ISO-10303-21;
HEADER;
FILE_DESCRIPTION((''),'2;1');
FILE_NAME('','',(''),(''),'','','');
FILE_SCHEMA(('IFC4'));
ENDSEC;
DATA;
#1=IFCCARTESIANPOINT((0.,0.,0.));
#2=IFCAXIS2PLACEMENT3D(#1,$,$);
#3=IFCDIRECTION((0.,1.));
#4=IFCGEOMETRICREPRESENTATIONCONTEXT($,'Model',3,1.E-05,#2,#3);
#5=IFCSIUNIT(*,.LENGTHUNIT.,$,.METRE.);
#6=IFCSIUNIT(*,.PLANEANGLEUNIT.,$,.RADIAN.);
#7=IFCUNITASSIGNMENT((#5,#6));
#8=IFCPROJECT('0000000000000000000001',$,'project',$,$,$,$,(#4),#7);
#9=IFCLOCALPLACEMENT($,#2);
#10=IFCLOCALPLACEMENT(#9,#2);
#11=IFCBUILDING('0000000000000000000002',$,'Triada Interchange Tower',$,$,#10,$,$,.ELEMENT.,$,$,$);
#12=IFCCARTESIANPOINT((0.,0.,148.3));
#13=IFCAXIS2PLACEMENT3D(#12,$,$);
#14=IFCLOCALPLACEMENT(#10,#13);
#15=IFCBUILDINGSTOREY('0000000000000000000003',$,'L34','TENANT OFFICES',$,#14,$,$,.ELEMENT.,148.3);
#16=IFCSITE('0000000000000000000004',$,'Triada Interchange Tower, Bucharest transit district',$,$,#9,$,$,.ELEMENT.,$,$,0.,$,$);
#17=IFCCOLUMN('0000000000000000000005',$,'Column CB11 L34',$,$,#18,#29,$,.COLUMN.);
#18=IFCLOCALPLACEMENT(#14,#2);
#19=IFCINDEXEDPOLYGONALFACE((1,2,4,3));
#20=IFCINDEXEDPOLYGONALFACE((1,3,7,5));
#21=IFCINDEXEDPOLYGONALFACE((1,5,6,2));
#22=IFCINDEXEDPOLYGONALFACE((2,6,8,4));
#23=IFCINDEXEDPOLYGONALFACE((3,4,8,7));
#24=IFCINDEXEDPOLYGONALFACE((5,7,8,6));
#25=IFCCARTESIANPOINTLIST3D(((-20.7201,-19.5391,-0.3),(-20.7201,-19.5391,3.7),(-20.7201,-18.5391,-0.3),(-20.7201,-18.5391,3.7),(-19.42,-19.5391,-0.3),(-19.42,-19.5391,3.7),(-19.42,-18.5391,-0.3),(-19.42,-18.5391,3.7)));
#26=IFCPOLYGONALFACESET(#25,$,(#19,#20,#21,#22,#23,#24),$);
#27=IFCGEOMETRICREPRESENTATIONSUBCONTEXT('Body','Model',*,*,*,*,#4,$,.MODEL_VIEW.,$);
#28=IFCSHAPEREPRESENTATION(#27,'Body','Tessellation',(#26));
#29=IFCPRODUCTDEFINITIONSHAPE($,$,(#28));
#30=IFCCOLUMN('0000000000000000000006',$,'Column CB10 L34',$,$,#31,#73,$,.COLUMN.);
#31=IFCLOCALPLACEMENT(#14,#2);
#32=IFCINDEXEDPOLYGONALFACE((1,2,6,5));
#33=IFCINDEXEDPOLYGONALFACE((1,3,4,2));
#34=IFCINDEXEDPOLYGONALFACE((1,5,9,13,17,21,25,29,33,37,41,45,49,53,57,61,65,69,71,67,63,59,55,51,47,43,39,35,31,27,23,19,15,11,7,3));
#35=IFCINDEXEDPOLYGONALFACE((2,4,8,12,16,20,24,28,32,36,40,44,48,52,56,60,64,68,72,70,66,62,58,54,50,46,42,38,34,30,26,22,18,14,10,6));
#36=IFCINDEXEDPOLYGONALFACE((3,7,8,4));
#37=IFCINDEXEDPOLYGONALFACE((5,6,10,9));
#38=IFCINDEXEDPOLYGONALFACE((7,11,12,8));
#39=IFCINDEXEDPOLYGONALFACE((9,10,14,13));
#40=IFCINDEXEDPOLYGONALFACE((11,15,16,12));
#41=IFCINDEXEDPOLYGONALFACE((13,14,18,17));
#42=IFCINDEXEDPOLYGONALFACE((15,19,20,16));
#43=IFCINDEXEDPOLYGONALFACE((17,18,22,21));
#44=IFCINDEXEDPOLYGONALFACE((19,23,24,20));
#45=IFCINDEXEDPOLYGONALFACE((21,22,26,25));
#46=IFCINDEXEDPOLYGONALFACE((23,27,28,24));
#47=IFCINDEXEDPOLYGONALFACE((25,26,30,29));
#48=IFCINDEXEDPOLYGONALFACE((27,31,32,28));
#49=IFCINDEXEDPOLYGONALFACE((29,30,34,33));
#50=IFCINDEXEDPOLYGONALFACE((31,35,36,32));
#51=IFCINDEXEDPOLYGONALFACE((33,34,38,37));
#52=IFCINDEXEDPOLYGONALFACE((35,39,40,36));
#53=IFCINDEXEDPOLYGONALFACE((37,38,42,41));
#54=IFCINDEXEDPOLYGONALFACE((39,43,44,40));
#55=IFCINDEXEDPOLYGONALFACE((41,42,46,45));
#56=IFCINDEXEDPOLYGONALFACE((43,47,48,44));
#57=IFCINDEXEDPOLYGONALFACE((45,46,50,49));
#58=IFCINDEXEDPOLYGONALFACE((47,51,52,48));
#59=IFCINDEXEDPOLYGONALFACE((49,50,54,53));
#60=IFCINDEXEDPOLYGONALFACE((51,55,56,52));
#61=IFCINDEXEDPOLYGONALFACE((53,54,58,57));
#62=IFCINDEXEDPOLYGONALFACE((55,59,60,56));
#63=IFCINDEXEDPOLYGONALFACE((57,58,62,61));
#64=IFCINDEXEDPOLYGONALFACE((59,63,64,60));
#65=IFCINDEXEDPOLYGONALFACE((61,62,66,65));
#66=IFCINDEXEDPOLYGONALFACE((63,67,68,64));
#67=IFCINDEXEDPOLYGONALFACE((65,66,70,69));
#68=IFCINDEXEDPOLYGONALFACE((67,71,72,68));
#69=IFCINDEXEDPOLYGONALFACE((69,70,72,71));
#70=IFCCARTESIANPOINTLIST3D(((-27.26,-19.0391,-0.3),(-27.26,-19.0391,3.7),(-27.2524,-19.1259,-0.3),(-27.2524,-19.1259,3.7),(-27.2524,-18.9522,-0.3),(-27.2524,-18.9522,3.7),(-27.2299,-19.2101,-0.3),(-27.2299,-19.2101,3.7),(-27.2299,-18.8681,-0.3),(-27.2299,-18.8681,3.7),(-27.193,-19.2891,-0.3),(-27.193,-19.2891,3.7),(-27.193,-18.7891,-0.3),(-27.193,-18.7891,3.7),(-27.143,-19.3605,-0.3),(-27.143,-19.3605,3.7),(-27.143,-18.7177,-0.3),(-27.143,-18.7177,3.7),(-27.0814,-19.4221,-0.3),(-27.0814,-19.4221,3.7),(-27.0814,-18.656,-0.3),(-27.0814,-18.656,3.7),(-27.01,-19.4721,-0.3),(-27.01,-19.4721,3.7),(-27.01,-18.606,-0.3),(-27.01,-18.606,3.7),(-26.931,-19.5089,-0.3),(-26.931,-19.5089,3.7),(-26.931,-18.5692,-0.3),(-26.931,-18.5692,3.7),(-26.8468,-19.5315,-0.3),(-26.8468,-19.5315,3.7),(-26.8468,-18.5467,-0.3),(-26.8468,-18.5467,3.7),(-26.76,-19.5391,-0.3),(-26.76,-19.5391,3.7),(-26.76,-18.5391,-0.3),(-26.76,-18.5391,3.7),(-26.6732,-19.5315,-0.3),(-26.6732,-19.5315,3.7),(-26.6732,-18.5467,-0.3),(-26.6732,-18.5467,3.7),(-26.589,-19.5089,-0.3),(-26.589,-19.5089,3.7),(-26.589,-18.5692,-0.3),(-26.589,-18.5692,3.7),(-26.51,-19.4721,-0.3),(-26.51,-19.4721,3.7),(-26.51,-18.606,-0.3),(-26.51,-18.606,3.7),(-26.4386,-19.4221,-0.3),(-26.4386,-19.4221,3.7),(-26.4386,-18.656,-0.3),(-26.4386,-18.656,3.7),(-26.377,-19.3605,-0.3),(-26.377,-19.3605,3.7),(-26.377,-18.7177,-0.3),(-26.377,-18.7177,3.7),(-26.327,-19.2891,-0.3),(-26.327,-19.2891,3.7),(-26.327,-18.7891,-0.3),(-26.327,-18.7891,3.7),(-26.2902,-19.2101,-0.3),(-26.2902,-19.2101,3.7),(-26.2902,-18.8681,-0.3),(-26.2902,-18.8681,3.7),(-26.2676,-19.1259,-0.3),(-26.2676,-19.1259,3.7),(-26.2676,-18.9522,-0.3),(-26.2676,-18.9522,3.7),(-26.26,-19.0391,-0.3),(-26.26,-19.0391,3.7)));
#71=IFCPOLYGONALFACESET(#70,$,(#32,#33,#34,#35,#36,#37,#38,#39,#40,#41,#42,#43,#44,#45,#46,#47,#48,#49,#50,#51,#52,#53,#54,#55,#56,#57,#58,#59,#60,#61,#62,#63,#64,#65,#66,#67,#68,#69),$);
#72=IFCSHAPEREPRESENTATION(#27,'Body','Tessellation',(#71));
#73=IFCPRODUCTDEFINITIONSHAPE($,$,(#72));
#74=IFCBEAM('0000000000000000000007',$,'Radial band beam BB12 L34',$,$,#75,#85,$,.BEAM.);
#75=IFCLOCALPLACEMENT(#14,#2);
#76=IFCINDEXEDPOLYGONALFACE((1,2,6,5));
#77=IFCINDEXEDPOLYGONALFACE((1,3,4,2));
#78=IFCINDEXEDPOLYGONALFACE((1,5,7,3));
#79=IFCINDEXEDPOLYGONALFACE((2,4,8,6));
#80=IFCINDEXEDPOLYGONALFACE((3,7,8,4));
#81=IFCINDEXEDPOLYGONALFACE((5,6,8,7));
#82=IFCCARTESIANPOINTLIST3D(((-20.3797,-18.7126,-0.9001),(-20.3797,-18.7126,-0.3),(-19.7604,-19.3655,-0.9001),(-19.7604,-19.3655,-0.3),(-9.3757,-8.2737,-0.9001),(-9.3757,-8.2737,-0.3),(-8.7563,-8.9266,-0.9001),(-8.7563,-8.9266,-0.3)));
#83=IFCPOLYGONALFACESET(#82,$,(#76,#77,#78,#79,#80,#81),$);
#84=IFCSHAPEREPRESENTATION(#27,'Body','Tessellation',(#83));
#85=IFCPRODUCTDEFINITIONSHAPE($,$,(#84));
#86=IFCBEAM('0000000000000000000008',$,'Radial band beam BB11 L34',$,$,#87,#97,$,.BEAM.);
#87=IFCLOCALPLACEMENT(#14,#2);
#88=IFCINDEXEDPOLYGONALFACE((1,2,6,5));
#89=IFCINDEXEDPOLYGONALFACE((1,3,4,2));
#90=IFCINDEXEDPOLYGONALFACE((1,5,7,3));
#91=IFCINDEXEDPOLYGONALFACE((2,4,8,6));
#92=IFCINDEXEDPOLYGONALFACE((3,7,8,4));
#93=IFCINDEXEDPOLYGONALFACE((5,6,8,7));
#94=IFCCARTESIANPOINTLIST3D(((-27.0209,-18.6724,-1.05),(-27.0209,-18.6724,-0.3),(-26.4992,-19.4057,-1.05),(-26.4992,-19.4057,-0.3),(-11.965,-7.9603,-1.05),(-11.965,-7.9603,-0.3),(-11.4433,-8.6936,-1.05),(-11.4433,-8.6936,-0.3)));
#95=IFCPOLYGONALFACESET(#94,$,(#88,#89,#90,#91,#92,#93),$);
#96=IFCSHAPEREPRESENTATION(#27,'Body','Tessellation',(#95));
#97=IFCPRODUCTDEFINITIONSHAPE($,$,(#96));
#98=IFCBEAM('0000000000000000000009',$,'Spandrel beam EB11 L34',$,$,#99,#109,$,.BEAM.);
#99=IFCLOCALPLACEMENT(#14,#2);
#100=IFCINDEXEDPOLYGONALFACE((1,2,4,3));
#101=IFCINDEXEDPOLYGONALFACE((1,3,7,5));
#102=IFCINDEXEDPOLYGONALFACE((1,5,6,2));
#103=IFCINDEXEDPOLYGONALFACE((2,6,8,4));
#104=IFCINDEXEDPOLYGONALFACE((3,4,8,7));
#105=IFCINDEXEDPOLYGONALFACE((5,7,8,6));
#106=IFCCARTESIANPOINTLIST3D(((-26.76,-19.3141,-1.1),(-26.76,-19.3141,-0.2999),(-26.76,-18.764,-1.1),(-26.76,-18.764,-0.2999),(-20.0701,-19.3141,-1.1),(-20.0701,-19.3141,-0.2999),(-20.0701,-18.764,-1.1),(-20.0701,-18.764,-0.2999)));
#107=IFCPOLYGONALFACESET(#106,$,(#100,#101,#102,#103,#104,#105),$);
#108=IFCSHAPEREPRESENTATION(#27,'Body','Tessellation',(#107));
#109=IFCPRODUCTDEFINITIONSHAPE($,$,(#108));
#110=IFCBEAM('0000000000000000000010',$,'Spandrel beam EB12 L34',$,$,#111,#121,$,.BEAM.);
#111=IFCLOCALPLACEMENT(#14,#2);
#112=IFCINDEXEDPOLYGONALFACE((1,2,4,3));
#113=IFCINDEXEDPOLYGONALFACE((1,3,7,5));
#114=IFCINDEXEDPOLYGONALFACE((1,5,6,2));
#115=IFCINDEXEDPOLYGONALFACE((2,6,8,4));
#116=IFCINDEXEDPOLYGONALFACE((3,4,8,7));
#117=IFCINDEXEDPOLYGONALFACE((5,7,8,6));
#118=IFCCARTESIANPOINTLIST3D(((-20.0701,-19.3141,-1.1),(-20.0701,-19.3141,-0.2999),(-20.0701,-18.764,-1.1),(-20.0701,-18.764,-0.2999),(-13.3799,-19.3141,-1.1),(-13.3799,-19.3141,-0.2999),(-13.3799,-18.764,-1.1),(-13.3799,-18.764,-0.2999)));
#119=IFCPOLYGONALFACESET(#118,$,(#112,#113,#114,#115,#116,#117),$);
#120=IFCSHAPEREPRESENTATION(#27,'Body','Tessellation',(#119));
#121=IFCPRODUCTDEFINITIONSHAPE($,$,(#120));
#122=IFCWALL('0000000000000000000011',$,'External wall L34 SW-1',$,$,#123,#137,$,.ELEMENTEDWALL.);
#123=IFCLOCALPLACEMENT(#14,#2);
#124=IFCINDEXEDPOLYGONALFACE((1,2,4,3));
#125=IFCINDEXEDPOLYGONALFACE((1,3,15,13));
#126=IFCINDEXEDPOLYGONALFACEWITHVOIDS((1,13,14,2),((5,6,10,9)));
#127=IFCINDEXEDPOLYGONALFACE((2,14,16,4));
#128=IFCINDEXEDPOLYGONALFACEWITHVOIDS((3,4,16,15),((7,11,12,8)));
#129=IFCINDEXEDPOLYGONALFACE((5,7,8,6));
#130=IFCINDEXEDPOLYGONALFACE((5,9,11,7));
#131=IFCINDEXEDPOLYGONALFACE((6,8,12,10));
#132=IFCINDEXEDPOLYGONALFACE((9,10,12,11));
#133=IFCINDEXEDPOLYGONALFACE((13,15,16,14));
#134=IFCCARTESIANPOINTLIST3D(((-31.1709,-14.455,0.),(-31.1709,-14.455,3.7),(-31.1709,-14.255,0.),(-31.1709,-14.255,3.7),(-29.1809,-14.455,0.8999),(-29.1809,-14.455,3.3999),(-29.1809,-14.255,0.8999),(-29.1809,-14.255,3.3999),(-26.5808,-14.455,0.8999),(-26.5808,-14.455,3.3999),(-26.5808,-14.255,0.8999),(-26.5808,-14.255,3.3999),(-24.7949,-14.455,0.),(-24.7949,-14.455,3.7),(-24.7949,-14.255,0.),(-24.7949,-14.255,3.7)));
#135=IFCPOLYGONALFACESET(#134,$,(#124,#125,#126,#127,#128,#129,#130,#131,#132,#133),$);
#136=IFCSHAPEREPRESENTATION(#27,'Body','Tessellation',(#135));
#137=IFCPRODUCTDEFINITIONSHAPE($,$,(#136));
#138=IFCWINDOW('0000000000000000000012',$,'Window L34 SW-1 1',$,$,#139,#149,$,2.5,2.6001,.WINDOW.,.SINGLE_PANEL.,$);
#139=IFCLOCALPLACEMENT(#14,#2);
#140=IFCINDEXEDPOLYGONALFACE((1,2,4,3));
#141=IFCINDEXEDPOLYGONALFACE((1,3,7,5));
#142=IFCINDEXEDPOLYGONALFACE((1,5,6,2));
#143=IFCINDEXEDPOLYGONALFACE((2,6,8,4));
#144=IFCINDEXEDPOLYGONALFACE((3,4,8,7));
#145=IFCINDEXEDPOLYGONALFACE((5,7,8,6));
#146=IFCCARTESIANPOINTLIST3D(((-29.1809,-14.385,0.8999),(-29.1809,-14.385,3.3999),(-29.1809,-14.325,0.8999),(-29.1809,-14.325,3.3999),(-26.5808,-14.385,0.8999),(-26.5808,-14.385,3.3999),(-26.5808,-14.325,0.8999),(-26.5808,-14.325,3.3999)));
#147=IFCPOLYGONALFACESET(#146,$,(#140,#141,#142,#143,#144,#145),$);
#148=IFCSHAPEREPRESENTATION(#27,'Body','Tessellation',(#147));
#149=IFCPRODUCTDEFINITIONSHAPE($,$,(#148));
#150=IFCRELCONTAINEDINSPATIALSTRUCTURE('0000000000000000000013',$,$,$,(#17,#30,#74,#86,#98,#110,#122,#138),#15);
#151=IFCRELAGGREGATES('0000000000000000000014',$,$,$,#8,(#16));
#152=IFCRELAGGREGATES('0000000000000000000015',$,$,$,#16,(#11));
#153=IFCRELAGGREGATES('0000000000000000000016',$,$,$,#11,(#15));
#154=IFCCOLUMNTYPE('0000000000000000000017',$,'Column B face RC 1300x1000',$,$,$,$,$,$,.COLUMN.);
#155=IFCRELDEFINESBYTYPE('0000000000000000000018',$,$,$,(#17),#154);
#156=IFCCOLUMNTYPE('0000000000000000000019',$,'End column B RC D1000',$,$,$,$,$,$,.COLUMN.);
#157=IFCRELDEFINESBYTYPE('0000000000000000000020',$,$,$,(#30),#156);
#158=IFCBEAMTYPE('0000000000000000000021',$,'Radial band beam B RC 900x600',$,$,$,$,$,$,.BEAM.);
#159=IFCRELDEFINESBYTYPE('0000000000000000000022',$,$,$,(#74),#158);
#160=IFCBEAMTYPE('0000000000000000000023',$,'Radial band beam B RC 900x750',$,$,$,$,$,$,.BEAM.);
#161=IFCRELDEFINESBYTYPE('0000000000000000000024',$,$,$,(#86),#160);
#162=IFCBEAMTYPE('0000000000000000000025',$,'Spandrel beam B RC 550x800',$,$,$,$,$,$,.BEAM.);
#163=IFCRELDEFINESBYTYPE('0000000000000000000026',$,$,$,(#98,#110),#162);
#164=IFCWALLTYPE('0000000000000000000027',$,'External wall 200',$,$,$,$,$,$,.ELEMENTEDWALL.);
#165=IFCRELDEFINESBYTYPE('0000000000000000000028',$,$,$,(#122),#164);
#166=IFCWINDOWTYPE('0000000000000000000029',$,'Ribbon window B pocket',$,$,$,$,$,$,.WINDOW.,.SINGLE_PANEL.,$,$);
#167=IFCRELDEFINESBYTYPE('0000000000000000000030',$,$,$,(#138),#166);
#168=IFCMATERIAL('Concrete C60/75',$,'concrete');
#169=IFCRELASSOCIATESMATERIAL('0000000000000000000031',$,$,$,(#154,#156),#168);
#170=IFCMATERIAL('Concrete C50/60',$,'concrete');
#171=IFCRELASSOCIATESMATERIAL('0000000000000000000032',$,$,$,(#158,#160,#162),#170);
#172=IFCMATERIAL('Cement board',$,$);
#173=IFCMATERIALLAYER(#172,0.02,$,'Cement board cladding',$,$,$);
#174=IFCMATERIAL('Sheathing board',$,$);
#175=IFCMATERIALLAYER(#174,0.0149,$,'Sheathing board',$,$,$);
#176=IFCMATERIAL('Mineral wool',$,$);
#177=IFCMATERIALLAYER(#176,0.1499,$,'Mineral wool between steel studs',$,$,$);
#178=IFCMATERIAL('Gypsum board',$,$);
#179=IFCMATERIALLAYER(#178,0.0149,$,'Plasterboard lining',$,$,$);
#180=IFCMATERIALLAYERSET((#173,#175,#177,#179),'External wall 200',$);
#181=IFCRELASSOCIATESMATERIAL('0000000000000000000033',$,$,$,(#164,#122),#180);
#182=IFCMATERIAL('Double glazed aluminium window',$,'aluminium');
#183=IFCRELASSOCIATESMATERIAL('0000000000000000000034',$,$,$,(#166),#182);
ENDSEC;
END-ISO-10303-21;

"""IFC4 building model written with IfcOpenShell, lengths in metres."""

from ifc_helpers import new_model, si_unit, direction, frame, frame_2d, origin, origin_2d, place, context, subcontext, project, spatial, rectangle, circle, extrude, material, layer, layer_set, layer_usage, material_profile, profile_set, type_object, element, fill, save


model = new_model("IFC4")

# Units and contexts
model_context = context("Model", 3, precision=1e-05, world=origin(), true_north=direction((0.0, 1.0)))
body_context = subcontext(model_context, "Body", "Model", "MODEL_VIEW")
ifc_project = project(units=[si_unit("LENGTHUNIT", "METRE"), si_unit("PLANEANGLEUNIT", "RADIAN")], contexts=[model_context])

# Site, building, storey
site_placement = place(None, origin())
site = spatial("IfcSite", under=ifc_project, at=site_placement, Name="Triada Interchange Tower, Bucharest transit district", CompositionType="ELEMENT", RefElevation=0.0)
building_placement = place(site_placement, origin())
building = spatial("IfcBuilding", under=site, at=building_placement, Name="Triada Interchange Tower", CompositionType="ELEMENT")
storey_placement = place(building_placement, frame((0.0, 0.0, 148.3)))
storey = spatial("IfcBuildingStorey", under=building, at=storey_placement, Name="L34", Description="TENANT OFFICES", CompositionType="ELEMENT", Elevation=148.3)

# Columns
ifc_material_1 = material(Name="Concrete C60/75", Category="concrete")
ifc_material_profile_1 = material_profile(ifc_material_1, rectangle(XDim=1.3, YDim=1.0, at=origin_2d()), Name="RC 1300x1000")
ifc_profile_set_1 = profile_set([ifc_material_profile_1], Name="Concrete C60/75")
column_type_1 = type_object("IfcColumnType", Name="Column B face RC 1300x1000", PredefinedType="COLUMN", material=ifc_profile_set_1)
column_1_placement = place(storey_placement, frame((-20.0701, -19.0391, -0.3), z_axis=(0.0, 0.0, 1.0), x_axis=(1.0, 0.0, 0.0)))
element("IfcColumn", 1, at=column_1_placement, inside=storey, type_object=column_type_1, Name="Column CB11 L34", PredefinedType="COLUMN", context=body_context, shape_type="SweptSolid", body=[
    extrude(rectangle(XDim=1.3, YDim=1.0, at=origin_2d()), origin(), (0.0, 0.0, 1.0), 4.0),
])
ifc_material_profile_2 = material_profile(ifc_material_1, circle(Radius=0.5, at=origin_2d()), Name="RC D1000")
ifc_profile_set_2 = profile_set([ifc_material_profile_2], Name="Concrete C60/75")
column_type_2 = type_object("IfcColumnType", Name="End column B RC D1000", PredefinedType="COLUMN", material=ifc_profile_set_2)
column_2_placement = place(storey_placement, frame((-26.76, -19.0391, -0.3), z_axis=(0.0, 0.0, 1.0), x_axis=(1.0, 0.0, 0.0)))
element("IfcColumn", 2, at=column_2_placement, inside=storey, type_object=column_type_2, Name="Column CB10 L34", PredefinedType="COLUMN", context=body_context, shape_type="SweptSolid", body=[
    extrude(circle(Radius=0.5, at=origin_2d()), origin(), (0.0, 0.0, 1.0), 4.0),
])

# Beams
ifc_material_2 = material(Name="Concrete C50/60", Category="concrete")
ifc_material_profile_3 = material_profile(ifc_material_2, rectangle(XDim=0.8999, YDim=0.6001, at=origin_2d()), Name="RC 900x600")
ifc_profile_set_3 = profile_set([ifc_material_profile_3], Name="Concrete C50/60")
beam_type_1 = type_object("IfcBeamType", Name="Radial band beam B RC 900x600", PredefinedType="BEAM", material=ifc_profile_set_3)
beam_1_placement = place(storey_placement, frame((-20.0701, -19.0391, -0.6001), z_axis=(0.725492, 0.68823, 0.0), x_axis=(-0.68823, 0.725492, 0.0)))
element("IfcBeam", 3, at=beam_1_placement, inside=storey, type_object=beam_type_1, Name="Radial band beam BB12 L34", PredefinedType="BEAM", context=body_context, shape_type="SweptSolid", body=[
    extrude(rectangle(XDim=0.8999, YDim=0.6001, at=origin_2d()), origin(), (0.0, 0.0, 1.0), 15.1677),
])
ifc_material_profile_4 = material_profile(ifc_material_2, rectangle(XDim=0.8999, YDim=0.75, at=origin_2d()), Name="RC 900x750")
ifc_profile_set_4 = profile_set([ifc_material_profile_4], Name="Concrete C50/60")
beam_type_2 = type_object("IfcBeamType", Name="Radial band beam B RC 900x750", PredefinedType="BEAM", material=ifc_profile_set_4)
beam_2_placement = place(storey_placement, frame((-26.76, -19.0391, -0.675), z_axis=(0.814809, 0.57973, 0.0), x_axis=(-0.57973, 0.814809, 0.0)))
element("IfcBeam", 4, at=beam_2_placement, inside=storey, type_object=beam_type_2, Name="Radial band beam BB11 L34", PredefinedType="BEAM", context=body_context, shape_type="SweptSolid", body=[
    extrude(rectangle(XDim=0.8999, YDim=0.75, at=origin_2d()), origin(), (0.0, 0.0, 1.0), 18.4778),
])
ifc_material_profile_5 = material_profile(ifc_material_2, rectangle(XDim=0.55, YDim=0.8, at=origin_2d()), Name="RC 550x800")
ifc_profile_set_5 = profile_set([ifc_material_profile_5], Name="Concrete C50/60")
beam_type_3 = type_object("IfcBeamType", Name="Spandrel beam B RC 550x800", PredefinedType="BEAM", material=ifc_profile_set_5)
beam_3_placement = place(storey_placement, frame((-26.76, -19.0391, -0.7), z_axis=(1.0, 0.0, 0.0), x_axis=(0.0, 1.0, 0.0)))
element("IfcBeam", 5, at=beam_3_placement, inside=storey, type_object=beam_type_3, Name="Spandrel beam EB11 L34", PredefinedType="BEAM", context=body_context, shape_type="SweptSolid", body=[
    extrude(rectangle(XDim=0.55, YDim=0.8, at=origin_2d()), origin(), (0.0, 0.0, 1.0), 6.6899),
])
beam_4_placement = place(storey_placement, frame((-20.0701, -19.0391, -0.7), z_axis=(1.0, 0.0, 0.0), x_axis=(0.0, 1.0, 0.0)))
element("IfcBeam", 6, at=beam_4_placement, inside=storey, type_object=beam_type_3, Name="Spandrel beam EB12 L34", PredefinedType="BEAM", context=body_context, shape_type="SweptSolid", body=[
    extrude(rectangle(XDim=0.55, YDim=0.8, at=origin_2d()), origin(), (0.0, 0.0, 1.0), 6.6902),
])

# Wall, opening, window
ifc_material_3 = material(Name="Cement board")
ifc_layer_1 = layer(ifc_material_3, 0.02, Name="Cement board cladding")
ifc_material_4 = material(Name="Sheathing board")
ifc_layer_2 = layer(ifc_material_4, 0.0149, Name="Sheathing board")
ifc_material_5 = material(Name="Mineral wool")
ifc_layer_3 = layer(ifc_material_5, 0.1499, Name="Mineral wool between steel studs")
ifc_material_6 = material(Name="Gypsum board")
ifc_layer_4 = layer(ifc_material_6, 0.0149, Name="Plasterboard lining")
ifc_layer_set_1 = layer_set([ifc_layer_1, ifc_layer_2, ifc_layer_3, ifc_layer_4], Name="External wall 200")
ifc_layer_usage = layer_usage(ifc_layer_set_1, "AXIS2", "POSITIVE", -0.1001)
wall_type_1 = type_object("IfcWallType", Name="External wall 200", PredefinedType="ELEMENTEDWALL", material=ifc_layer_set_1)
wall_1_placement = place(storey_placement, frame((-31.1709, -14.355, 0.0), z_axis=(0.0, 0.0, 1.0), x_axis=(1.0, 0.0, 0.0)))
wall_1 = element("IfcWall", 7, at=wall_1_placement, inside=storey, type_object=wall_type_1, material=ifc_layer_usage, Name="External wall L34 SW-1", PredefinedType="ELEMENTEDWALL", context=body_context, shape_type="SweptSolid", body=[
    extrude(rectangle(XDim=6.376, YDim=0.2, at=frame_2d((3.188, 0.0))), origin(), (0.0, 0.0, 1.0), 3.7),
])
opening_1_placement = place(wall_1_placement, frame((1.99, 0.0, 0.8999)))
opening_1 = element("IfcOpeningElement", 8, at=opening_1_placement, cuts=wall_1, PredefinedType="OPENING", context=body_context, shape_type="SweptSolid", body=[
    extrude(rectangle(XDim=2.6001, YDim=2.5, at=frame_2d((1.3, 1.25))), frame((0.0, 0.1099, 0.0), z_axis=(0.0, -1.0, 0.0), x_axis=(1.0, 0.0, 0.0)), (0.0, 0.0, 1.0), 0.22),
])
ifc_material_7 = material(Name="Double glazed aluminium window", Category="aluminium")
window_type_1 = type_object("IfcWindowType", Name="Ribbon window B pocket", PartitioningType="SINGLE_PANEL", PredefinedType="WINDOW", material=ifc_material_7)
window_1_placement = place(opening_1_placement, origin())
window_1 = element("IfcWindow", 9, at=window_1_placement, inside=storey, type_object=window_type_1, Name="Window L34 SW-1 1", OverallHeight=2.5, OverallWidth=2.6001, PartitioningType="SINGLE_PANEL", PredefinedType="WINDOW", context=body_context, shape_type="SweptSolid", body=[
    extrude(rectangle(XDim=2.6001, YDim=2.5, at=frame_2d((1.3, 1.25))), frame((0.0, 0.03, 0.0), z_axis=(0.0, -1.0, 0.0), x_axis=(1.0, 0.0, 0.0)), (0.0, 0.0, 1.0), 0.0601),
])
fill(opening_1, window_1)

save(model, "model.ifc")
